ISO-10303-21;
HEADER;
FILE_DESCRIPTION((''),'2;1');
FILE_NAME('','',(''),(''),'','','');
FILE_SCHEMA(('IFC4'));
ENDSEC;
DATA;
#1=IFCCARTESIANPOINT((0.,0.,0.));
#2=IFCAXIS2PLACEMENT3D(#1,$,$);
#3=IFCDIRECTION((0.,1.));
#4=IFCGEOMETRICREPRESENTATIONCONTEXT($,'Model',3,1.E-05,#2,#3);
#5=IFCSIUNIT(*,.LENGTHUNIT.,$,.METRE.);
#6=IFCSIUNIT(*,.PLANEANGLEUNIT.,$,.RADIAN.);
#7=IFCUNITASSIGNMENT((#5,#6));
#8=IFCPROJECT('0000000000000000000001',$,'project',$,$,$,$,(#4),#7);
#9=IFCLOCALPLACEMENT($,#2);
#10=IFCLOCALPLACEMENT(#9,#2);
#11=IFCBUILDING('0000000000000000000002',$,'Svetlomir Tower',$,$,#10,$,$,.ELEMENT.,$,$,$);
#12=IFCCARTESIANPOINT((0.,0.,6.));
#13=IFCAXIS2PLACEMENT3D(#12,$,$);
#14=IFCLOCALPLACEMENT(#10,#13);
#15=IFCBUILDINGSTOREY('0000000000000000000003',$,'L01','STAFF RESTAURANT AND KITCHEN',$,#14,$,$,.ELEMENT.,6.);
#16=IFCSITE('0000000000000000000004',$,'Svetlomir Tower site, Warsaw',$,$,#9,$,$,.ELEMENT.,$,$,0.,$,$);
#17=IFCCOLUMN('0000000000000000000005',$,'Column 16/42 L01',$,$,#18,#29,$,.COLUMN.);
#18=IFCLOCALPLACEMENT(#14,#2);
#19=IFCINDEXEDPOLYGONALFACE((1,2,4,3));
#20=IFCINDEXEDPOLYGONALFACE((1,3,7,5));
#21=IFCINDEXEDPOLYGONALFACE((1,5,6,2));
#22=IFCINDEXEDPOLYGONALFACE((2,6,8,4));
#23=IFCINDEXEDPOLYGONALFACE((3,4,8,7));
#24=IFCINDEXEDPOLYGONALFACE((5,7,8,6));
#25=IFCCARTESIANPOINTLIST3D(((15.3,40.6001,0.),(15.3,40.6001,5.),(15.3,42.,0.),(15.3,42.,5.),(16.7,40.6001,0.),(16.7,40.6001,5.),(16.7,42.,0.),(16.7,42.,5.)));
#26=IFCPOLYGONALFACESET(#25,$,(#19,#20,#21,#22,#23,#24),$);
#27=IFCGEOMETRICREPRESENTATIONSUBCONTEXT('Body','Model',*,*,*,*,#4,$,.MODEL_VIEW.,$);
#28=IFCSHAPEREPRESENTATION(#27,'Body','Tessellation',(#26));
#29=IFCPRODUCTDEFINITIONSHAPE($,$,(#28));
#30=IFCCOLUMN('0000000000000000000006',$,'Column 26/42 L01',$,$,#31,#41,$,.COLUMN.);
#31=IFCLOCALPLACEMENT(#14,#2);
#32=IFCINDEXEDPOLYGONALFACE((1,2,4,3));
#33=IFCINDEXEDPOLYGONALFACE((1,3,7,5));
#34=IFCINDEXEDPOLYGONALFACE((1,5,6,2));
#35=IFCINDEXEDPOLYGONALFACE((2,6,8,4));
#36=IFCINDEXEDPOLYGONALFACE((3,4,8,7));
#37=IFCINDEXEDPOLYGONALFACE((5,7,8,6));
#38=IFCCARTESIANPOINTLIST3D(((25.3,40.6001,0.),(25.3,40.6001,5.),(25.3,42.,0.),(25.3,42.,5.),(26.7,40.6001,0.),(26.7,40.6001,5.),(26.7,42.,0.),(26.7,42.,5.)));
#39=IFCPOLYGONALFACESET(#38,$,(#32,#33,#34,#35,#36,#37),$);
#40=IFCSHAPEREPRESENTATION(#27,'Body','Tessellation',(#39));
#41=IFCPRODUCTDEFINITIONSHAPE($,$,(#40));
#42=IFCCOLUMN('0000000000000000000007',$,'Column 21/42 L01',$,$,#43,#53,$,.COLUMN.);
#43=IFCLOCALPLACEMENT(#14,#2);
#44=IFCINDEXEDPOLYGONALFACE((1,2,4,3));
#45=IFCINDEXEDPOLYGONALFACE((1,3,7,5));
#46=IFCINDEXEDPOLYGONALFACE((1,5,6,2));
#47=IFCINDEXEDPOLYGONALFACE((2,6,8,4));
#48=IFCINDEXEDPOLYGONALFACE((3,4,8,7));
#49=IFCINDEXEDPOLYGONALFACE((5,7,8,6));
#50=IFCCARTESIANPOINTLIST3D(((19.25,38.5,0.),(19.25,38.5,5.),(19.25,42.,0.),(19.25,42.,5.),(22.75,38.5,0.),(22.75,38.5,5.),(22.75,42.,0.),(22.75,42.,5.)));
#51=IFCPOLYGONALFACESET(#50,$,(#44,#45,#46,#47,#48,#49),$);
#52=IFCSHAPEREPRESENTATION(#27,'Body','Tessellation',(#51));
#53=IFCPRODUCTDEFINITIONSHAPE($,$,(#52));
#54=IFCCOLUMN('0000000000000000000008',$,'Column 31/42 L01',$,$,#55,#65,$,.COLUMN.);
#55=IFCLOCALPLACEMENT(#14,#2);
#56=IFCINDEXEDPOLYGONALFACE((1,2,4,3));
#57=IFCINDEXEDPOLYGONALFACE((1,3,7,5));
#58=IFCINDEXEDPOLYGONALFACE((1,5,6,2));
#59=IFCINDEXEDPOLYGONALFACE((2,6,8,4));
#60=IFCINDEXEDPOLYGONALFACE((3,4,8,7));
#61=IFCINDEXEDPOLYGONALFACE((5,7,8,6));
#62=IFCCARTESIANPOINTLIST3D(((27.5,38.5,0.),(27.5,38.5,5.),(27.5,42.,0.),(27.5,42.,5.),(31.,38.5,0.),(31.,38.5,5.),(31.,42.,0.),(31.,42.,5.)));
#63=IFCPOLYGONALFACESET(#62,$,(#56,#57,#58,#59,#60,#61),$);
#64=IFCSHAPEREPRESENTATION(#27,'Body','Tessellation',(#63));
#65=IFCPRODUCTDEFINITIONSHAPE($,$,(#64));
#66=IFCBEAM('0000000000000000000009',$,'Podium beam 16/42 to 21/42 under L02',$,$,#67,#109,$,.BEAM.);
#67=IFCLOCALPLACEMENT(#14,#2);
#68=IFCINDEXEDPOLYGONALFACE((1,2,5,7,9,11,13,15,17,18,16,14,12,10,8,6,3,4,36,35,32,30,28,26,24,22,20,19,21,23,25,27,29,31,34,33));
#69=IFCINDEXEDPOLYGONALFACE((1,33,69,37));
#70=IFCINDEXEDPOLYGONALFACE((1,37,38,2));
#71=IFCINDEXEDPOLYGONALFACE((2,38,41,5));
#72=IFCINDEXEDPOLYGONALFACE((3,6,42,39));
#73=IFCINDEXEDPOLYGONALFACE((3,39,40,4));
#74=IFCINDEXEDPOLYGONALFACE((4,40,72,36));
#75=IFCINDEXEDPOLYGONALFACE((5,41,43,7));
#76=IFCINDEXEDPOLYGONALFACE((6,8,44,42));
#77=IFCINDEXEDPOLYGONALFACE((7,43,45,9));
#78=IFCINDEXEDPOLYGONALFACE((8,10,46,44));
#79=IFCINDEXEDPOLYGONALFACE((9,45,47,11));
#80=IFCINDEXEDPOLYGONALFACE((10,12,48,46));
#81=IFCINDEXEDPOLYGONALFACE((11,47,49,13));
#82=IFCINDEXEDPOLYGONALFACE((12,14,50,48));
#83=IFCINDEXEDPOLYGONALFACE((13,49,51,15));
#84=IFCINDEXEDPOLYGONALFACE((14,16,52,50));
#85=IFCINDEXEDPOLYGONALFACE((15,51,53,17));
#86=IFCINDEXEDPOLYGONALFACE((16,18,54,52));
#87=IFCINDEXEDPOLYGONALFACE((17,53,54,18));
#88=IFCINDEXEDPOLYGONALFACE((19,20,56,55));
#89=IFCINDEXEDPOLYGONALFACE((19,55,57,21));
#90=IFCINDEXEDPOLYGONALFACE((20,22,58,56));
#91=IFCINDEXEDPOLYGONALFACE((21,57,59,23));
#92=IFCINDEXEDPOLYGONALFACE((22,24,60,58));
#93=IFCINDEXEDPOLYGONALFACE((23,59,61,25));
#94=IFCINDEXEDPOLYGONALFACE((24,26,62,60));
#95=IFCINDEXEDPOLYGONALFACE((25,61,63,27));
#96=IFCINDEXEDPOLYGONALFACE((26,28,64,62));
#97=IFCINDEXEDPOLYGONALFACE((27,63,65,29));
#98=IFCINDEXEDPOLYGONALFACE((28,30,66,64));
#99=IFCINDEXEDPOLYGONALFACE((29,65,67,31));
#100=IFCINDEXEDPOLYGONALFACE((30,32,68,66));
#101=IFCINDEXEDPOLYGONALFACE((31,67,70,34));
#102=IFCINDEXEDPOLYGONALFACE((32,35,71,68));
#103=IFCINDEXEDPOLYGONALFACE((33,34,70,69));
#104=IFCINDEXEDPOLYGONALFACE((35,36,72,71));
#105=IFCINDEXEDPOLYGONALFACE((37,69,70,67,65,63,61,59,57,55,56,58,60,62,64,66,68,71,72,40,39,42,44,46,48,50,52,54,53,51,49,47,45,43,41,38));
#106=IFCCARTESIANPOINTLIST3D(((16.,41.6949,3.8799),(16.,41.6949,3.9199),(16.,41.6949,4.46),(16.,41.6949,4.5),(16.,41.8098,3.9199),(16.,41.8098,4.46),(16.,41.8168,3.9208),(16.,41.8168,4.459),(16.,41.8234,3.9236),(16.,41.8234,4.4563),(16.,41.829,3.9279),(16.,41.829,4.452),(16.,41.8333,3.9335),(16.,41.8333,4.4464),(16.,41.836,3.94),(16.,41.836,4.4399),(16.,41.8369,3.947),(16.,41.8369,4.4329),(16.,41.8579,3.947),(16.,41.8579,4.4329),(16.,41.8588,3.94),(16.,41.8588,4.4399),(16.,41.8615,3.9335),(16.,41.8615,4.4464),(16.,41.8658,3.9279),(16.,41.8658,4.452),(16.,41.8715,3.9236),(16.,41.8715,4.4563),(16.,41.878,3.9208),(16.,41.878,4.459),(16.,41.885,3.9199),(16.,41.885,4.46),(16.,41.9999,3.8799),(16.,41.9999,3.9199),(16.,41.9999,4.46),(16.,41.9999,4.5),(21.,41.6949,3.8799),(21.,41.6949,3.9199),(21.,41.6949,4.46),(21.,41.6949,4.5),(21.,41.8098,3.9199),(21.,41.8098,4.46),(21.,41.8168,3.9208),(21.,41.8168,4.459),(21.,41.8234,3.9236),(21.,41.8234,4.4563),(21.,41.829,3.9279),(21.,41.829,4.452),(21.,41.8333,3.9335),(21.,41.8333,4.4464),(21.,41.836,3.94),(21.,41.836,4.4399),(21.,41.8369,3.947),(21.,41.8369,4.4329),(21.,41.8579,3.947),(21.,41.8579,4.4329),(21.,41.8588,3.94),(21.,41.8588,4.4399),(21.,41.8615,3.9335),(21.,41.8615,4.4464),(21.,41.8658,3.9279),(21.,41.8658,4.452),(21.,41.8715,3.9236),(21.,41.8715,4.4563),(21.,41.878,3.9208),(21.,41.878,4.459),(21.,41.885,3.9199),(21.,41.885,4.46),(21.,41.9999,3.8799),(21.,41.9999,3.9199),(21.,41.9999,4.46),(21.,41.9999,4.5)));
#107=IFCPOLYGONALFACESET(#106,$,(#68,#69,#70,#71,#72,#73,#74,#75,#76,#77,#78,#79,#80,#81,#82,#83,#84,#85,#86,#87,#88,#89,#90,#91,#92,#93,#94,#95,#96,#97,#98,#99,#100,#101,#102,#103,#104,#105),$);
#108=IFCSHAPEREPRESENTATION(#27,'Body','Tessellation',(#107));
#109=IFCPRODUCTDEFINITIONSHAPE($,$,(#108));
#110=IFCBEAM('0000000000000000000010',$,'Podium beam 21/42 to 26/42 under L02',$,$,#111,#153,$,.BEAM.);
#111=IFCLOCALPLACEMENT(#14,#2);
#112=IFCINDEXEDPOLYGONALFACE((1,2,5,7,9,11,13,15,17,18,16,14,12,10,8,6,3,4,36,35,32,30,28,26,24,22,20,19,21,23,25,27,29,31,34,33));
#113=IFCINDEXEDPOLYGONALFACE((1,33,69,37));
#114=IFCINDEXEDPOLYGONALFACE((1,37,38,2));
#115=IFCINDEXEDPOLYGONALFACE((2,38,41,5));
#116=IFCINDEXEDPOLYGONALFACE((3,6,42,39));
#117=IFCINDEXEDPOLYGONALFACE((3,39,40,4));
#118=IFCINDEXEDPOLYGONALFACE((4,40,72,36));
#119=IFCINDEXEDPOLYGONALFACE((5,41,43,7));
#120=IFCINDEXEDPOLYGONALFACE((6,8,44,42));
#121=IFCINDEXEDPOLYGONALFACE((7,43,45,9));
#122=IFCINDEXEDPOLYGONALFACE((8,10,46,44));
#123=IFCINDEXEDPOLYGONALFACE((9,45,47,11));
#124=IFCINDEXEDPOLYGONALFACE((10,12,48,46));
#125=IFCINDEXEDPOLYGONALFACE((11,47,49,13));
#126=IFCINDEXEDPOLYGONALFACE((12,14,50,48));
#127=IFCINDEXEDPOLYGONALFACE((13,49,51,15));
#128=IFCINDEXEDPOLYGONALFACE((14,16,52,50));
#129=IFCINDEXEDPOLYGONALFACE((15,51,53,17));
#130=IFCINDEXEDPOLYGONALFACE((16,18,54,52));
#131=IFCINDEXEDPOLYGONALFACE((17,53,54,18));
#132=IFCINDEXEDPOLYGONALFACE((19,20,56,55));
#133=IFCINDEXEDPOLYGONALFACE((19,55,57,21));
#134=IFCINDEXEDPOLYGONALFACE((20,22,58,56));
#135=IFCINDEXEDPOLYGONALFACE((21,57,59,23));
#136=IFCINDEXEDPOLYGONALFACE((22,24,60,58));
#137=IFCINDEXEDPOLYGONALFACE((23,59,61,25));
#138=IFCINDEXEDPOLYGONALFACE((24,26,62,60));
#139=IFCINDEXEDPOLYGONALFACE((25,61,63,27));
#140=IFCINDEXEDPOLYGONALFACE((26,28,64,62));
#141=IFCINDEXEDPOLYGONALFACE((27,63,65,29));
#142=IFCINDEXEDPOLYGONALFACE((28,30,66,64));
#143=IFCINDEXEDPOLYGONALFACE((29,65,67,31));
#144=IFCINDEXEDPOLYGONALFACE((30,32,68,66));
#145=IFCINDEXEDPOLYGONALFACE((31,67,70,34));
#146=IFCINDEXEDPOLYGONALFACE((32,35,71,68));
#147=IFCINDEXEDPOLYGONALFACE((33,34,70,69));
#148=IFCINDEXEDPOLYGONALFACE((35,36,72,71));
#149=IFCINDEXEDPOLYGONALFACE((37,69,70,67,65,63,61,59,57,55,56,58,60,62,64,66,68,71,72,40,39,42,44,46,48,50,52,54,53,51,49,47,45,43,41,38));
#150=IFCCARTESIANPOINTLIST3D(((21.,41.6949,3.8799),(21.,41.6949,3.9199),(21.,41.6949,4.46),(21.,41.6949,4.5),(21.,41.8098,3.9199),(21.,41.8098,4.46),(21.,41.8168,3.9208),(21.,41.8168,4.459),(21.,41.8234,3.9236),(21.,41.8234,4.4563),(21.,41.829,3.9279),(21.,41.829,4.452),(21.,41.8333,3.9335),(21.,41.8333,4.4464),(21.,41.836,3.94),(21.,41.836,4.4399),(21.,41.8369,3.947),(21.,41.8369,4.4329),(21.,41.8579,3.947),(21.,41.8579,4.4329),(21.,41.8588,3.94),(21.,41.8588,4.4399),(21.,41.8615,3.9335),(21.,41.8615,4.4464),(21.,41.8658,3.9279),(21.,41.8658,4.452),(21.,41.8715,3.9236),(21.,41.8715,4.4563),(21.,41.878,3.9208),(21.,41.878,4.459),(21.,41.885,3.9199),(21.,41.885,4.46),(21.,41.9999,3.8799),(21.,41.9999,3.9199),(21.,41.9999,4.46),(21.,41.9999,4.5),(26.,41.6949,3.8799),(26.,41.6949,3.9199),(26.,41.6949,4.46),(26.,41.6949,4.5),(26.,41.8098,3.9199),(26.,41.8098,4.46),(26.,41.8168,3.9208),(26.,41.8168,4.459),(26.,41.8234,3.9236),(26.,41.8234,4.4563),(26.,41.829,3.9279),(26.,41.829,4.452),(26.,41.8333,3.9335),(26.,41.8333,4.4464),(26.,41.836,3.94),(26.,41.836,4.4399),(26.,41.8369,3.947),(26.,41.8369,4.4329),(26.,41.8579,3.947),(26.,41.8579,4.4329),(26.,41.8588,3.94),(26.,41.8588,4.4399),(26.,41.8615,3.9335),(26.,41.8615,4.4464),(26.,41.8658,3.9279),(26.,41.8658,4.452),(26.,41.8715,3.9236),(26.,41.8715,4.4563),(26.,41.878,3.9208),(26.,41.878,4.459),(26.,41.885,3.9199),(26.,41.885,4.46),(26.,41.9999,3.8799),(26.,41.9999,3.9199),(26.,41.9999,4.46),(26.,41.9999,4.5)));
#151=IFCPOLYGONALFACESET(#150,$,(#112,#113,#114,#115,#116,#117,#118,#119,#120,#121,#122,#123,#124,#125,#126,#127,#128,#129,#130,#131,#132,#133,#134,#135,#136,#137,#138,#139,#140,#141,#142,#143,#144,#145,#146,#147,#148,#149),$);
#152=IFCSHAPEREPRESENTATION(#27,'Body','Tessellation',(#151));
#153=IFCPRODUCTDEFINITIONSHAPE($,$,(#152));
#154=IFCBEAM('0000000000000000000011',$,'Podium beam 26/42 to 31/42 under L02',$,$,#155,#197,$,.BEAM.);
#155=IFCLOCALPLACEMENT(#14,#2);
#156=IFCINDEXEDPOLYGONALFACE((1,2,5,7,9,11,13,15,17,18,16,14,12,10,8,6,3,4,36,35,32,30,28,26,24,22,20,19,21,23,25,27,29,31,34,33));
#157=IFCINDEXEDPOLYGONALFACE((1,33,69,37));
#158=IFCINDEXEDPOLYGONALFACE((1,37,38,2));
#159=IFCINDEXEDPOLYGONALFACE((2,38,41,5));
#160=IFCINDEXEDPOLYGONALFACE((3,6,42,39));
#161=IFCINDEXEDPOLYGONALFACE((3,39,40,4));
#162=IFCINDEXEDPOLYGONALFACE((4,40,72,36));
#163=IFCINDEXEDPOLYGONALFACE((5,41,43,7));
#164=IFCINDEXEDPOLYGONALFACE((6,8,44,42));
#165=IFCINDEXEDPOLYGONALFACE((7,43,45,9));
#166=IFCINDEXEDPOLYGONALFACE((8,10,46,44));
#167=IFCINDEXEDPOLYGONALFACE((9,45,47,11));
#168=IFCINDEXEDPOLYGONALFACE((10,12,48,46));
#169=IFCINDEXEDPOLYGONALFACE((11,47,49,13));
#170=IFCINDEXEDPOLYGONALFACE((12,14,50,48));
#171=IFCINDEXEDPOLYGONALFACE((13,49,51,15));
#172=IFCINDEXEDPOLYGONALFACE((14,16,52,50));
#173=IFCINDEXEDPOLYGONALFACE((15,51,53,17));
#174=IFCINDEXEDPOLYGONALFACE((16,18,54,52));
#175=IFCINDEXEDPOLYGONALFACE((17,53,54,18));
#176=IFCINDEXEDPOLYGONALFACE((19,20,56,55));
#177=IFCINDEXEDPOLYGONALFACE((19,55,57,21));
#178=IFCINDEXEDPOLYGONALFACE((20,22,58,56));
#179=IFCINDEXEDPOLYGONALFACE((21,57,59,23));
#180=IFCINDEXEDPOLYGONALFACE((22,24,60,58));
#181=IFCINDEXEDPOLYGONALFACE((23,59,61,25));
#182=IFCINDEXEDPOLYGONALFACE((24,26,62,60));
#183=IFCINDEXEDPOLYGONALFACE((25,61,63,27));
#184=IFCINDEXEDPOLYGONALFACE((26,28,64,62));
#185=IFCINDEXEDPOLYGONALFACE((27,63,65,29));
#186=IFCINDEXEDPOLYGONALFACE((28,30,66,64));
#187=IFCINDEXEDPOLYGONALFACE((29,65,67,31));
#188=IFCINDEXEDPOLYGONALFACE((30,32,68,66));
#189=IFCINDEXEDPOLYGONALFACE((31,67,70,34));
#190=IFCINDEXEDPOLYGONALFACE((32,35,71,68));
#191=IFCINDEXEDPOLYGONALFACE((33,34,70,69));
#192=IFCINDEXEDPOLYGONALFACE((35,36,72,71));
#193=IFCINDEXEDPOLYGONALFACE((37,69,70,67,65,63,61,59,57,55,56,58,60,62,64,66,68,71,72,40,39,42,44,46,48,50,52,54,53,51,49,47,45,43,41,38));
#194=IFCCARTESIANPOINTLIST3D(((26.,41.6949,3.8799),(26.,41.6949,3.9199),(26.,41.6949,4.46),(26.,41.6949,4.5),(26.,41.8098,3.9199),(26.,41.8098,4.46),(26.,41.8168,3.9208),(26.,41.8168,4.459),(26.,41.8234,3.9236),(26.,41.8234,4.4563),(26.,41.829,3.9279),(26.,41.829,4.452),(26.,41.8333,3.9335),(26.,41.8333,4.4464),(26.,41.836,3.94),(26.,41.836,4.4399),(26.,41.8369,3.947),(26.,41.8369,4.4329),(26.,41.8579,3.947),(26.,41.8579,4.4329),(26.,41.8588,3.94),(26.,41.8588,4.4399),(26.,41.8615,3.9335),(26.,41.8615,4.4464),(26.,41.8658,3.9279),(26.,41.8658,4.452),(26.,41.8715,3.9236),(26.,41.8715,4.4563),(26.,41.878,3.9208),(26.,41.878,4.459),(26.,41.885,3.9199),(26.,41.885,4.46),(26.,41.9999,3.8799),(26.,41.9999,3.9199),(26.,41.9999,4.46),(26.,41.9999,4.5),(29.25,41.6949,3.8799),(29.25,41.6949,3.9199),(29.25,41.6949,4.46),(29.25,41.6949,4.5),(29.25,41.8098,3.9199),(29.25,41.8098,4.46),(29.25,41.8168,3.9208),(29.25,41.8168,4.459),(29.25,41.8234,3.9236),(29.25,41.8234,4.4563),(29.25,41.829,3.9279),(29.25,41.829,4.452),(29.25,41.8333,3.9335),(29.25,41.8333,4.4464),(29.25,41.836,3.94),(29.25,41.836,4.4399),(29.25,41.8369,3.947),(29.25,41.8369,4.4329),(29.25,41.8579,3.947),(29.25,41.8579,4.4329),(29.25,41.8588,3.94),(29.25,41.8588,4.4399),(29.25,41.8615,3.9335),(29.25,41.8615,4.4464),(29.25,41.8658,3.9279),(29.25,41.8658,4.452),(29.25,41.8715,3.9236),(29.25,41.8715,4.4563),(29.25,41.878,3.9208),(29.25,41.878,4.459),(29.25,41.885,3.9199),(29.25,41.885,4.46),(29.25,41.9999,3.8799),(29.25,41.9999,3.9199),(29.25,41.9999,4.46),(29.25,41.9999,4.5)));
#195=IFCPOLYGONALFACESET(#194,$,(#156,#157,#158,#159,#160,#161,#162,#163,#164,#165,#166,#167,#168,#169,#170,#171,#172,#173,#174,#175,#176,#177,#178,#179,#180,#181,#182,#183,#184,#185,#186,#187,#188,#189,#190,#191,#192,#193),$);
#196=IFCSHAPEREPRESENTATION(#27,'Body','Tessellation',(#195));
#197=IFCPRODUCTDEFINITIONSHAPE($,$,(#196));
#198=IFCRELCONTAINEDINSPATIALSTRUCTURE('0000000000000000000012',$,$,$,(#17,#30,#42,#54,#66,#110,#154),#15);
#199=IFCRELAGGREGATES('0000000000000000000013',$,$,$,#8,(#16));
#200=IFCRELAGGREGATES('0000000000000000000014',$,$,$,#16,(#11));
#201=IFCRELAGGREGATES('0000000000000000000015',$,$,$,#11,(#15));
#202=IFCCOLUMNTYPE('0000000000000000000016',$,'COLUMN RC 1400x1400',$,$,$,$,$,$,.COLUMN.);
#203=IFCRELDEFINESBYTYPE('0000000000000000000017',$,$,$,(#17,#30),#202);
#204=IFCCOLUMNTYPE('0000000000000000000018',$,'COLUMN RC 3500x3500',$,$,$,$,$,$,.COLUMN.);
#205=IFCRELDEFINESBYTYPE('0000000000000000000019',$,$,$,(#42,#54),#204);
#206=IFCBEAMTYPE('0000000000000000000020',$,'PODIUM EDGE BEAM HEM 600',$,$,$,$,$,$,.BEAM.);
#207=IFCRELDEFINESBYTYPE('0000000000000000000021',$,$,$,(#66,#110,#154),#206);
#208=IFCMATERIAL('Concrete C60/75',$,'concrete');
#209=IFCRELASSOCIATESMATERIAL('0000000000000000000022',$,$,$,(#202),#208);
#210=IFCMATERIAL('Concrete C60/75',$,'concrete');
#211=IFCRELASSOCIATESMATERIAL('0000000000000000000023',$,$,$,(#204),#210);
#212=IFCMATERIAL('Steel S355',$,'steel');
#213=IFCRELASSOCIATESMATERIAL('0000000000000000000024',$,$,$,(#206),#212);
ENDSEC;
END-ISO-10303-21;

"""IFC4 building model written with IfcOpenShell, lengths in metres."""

from ifc_helpers import new_model, si_unit, direction, frame, origin, origin_2d, place, context, subcontext, project, spatial, rectangle, i_section, extrude, material, material_profile, profile_set, type_object, element, save


model = new_model("IFC4")

# Units and contexts
model_context = context("Model", 3, precision=1e-05, world=origin(), true_north=direction((0.0, 1.0)))
body_context = subcontext(model_context, "Body", "Model", "MODEL_VIEW")
ifc_project = project(units=[si_unit("LENGTHUNIT", "METRE"), si_unit("PLANEANGLEUNIT", "RADIAN")], contexts=[model_context])

# Site, building, storey
site_placement = place(None, origin())
site = spatial("IfcSite", under=ifc_project, at=site_placement, Name="Svetlomir Tower site, Warsaw", CompositionType="ELEMENT", RefElevation=0.0)
building_placement = place(site_placement, origin())
building = spatial("IfcBuilding", under=site, at=building_placement, Name="Svetlomir Tower", CompositionType="ELEMENT")
storey_placement = place(building_placement, frame((0.0, 0.0, 6.0)))
storey = spatial("IfcBuildingStorey", under=building, at=storey_placement, Name="L01", Description="STAFF RESTAURANT AND KITCHEN", CompositionType="ELEMENT", Elevation=6.0)

# Columns
ifc_material_1 = material(Name="Concrete C60/75", Category="concrete")
ifc_material_profile_1 = material_profile(ifc_material_1, rectangle(XDim=1.3999, YDim=1.3999, at=origin_2d()), Name="RC 1400x1400")
ifc_profile_set_1 = profile_set([ifc_material_profile_1], Name="Concrete C60/75")
column_type_1 = type_object("IfcColumnType", Name="COLUMN RC 1400x1400", PredefinedType="COLUMN", material=ifc_profile_set_1)
for number, where, z_axis, x_axis, name in (
    (1, (16.0, 41.3, 0.0), (0.0, 0.0, 1.0), (1.0, 0.0, 0.0), "Column 16/42 L01"),
    (2, (26.0, 41.3, 0.0), (0.0, 0.0, 1.0), (1.0, 0.0, 0.0), "Column 26/42 L01"),
):
    element("IfcColumn", number, at=place(storey_placement, frame(where, z_axis=z_axis, x_axis=x_axis)), inside=storey, type_object=column_type_1, Name=name, PredefinedType="COLUMN", context=body_context, shape_type="SweptSolid", body=[
        extrude(rectangle(XDim=1.3999, YDim=1.3999, at=origin_2d()), origin(), (0.0, 0.0, 1.0), 5.0),
    ])
ifc_material_2 = material(Name="Concrete C60/75", Category="concrete")
ifc_material_profile_2 = material_profile(ifc_material_2, rectangle(XDim=3.5, YDim=3.5, at=origin_2d()), Name="RC 3500x3500")
ifc_profile_set_2 = profile_set([ifc_material_profile_2], Name="Concrete C60/75")
column_type_2 = type_object("IfcColumnType", Name="COLUMN RC 3500x3500", PredefinedType="COLUMN", material=ifc_profile_set_2)
for number, where, z_axis, x_axis, name in (
    (3, (21.0, 40.25, 0.0), (0.0, 0.0, 1.0), (1.0, 0.0, 0.0), "Column 21/42 L01"),
    (4, (29.25, 40.25, 0.0), (0.0, 0.0, 1.0), (1.0, 0.0, 0.0), "Column 31/42 L01"),
):
    element("IfcColumn", number, at=place(storey_placement, frame(where, z_axis=z_axis, x_axis=x_axis)), inside=storey, type_object=column_type_2, Name=name, PredefinedType="COLUMN", context=body_context, shape_type="SweptSolid", body=[
        extrude(rectangle(XDim=3.5, YDim=3.5, at=origin_2d()), origin(), (0.0, 0.0, 1.0), 5.0),
    ])

# Beams
ifc_material_3 = material(Name="Steel S355", Category="steel")
ifc_material_profile_3 = material_profile(ifc_material_3, i_section(OverallWidth=0.3049, OverallDepth=0.6201, WebThickness=0.021, FlangeThickness=0.04, FilletRadius=0.0271, at=origin_2d()), Name="HEM 600")
ifc_profile_set_3 = profile_set([ifc_material_profile_3], Name="Steel S355")
beam_type = type_object("IfcBeamType", Name="PODIUM EDGE BEAM HEM 600", PredefinedType="BEAM", material=ifc_profile_set_3)
for number, where, z_axis, x_axis, name in (
    (5, (16.0, 41.8474, 4.1899), (1.0, 0.0, 0.0), (0.0, 1.0, 0.0), "Podium beam 16/42 to 21/42 under L02"),
    (6, (21.0, 41.8474, 4.1899), (1.0, 0.0, 0.0), (0.0, 1.0, 0.0), "Podium beam 21/42 to 26/42 under L02"),
):
    element("IfcBeam", number, at=place(storey_placement, frame(where, z_axis=z_axis, x_axis=x_axis)), inside=storey, type_object=beam_type, Name=name, PredefinedType="BEAM", context=body_context, shape_type="SweptSolid", body=[
        extrude(i_section(OverallWidth=0.3049, OverallDepth=0.6201, WebThickness=0.021, FlangeThickness=0.04, FilletRadius=0.0271, at=origin_2d()), origin(), (0.0, 0.0, 1.0), 5.0),
    ])
beam_1_placement = place(storey_placement, frame((26.0, 41.8474, 4.1899), z_axis=(1.0, 0.0, 0.0), x_axis=(0.0, 1.0, 0.0)))
element("IfcBeam", 7, at=beam_1_placement, inside=storey, type_object=beam_type, Name="Podium beam 26/42 to 31/42 under L02", PredefinedType="BEAM", context=body_context, shape_type="SweptSolid", body=[
    extrude(i_section(OverallWidth=0.3049, OverallDepth=0.6201, WebThickness=0.021, FlangeThickness=0.04, FilletRadius=0.0271, at=origin_2d()), origin(), (0.0, 0.0, 1.0), 3.25),
])

save(model, "model.ifc")
